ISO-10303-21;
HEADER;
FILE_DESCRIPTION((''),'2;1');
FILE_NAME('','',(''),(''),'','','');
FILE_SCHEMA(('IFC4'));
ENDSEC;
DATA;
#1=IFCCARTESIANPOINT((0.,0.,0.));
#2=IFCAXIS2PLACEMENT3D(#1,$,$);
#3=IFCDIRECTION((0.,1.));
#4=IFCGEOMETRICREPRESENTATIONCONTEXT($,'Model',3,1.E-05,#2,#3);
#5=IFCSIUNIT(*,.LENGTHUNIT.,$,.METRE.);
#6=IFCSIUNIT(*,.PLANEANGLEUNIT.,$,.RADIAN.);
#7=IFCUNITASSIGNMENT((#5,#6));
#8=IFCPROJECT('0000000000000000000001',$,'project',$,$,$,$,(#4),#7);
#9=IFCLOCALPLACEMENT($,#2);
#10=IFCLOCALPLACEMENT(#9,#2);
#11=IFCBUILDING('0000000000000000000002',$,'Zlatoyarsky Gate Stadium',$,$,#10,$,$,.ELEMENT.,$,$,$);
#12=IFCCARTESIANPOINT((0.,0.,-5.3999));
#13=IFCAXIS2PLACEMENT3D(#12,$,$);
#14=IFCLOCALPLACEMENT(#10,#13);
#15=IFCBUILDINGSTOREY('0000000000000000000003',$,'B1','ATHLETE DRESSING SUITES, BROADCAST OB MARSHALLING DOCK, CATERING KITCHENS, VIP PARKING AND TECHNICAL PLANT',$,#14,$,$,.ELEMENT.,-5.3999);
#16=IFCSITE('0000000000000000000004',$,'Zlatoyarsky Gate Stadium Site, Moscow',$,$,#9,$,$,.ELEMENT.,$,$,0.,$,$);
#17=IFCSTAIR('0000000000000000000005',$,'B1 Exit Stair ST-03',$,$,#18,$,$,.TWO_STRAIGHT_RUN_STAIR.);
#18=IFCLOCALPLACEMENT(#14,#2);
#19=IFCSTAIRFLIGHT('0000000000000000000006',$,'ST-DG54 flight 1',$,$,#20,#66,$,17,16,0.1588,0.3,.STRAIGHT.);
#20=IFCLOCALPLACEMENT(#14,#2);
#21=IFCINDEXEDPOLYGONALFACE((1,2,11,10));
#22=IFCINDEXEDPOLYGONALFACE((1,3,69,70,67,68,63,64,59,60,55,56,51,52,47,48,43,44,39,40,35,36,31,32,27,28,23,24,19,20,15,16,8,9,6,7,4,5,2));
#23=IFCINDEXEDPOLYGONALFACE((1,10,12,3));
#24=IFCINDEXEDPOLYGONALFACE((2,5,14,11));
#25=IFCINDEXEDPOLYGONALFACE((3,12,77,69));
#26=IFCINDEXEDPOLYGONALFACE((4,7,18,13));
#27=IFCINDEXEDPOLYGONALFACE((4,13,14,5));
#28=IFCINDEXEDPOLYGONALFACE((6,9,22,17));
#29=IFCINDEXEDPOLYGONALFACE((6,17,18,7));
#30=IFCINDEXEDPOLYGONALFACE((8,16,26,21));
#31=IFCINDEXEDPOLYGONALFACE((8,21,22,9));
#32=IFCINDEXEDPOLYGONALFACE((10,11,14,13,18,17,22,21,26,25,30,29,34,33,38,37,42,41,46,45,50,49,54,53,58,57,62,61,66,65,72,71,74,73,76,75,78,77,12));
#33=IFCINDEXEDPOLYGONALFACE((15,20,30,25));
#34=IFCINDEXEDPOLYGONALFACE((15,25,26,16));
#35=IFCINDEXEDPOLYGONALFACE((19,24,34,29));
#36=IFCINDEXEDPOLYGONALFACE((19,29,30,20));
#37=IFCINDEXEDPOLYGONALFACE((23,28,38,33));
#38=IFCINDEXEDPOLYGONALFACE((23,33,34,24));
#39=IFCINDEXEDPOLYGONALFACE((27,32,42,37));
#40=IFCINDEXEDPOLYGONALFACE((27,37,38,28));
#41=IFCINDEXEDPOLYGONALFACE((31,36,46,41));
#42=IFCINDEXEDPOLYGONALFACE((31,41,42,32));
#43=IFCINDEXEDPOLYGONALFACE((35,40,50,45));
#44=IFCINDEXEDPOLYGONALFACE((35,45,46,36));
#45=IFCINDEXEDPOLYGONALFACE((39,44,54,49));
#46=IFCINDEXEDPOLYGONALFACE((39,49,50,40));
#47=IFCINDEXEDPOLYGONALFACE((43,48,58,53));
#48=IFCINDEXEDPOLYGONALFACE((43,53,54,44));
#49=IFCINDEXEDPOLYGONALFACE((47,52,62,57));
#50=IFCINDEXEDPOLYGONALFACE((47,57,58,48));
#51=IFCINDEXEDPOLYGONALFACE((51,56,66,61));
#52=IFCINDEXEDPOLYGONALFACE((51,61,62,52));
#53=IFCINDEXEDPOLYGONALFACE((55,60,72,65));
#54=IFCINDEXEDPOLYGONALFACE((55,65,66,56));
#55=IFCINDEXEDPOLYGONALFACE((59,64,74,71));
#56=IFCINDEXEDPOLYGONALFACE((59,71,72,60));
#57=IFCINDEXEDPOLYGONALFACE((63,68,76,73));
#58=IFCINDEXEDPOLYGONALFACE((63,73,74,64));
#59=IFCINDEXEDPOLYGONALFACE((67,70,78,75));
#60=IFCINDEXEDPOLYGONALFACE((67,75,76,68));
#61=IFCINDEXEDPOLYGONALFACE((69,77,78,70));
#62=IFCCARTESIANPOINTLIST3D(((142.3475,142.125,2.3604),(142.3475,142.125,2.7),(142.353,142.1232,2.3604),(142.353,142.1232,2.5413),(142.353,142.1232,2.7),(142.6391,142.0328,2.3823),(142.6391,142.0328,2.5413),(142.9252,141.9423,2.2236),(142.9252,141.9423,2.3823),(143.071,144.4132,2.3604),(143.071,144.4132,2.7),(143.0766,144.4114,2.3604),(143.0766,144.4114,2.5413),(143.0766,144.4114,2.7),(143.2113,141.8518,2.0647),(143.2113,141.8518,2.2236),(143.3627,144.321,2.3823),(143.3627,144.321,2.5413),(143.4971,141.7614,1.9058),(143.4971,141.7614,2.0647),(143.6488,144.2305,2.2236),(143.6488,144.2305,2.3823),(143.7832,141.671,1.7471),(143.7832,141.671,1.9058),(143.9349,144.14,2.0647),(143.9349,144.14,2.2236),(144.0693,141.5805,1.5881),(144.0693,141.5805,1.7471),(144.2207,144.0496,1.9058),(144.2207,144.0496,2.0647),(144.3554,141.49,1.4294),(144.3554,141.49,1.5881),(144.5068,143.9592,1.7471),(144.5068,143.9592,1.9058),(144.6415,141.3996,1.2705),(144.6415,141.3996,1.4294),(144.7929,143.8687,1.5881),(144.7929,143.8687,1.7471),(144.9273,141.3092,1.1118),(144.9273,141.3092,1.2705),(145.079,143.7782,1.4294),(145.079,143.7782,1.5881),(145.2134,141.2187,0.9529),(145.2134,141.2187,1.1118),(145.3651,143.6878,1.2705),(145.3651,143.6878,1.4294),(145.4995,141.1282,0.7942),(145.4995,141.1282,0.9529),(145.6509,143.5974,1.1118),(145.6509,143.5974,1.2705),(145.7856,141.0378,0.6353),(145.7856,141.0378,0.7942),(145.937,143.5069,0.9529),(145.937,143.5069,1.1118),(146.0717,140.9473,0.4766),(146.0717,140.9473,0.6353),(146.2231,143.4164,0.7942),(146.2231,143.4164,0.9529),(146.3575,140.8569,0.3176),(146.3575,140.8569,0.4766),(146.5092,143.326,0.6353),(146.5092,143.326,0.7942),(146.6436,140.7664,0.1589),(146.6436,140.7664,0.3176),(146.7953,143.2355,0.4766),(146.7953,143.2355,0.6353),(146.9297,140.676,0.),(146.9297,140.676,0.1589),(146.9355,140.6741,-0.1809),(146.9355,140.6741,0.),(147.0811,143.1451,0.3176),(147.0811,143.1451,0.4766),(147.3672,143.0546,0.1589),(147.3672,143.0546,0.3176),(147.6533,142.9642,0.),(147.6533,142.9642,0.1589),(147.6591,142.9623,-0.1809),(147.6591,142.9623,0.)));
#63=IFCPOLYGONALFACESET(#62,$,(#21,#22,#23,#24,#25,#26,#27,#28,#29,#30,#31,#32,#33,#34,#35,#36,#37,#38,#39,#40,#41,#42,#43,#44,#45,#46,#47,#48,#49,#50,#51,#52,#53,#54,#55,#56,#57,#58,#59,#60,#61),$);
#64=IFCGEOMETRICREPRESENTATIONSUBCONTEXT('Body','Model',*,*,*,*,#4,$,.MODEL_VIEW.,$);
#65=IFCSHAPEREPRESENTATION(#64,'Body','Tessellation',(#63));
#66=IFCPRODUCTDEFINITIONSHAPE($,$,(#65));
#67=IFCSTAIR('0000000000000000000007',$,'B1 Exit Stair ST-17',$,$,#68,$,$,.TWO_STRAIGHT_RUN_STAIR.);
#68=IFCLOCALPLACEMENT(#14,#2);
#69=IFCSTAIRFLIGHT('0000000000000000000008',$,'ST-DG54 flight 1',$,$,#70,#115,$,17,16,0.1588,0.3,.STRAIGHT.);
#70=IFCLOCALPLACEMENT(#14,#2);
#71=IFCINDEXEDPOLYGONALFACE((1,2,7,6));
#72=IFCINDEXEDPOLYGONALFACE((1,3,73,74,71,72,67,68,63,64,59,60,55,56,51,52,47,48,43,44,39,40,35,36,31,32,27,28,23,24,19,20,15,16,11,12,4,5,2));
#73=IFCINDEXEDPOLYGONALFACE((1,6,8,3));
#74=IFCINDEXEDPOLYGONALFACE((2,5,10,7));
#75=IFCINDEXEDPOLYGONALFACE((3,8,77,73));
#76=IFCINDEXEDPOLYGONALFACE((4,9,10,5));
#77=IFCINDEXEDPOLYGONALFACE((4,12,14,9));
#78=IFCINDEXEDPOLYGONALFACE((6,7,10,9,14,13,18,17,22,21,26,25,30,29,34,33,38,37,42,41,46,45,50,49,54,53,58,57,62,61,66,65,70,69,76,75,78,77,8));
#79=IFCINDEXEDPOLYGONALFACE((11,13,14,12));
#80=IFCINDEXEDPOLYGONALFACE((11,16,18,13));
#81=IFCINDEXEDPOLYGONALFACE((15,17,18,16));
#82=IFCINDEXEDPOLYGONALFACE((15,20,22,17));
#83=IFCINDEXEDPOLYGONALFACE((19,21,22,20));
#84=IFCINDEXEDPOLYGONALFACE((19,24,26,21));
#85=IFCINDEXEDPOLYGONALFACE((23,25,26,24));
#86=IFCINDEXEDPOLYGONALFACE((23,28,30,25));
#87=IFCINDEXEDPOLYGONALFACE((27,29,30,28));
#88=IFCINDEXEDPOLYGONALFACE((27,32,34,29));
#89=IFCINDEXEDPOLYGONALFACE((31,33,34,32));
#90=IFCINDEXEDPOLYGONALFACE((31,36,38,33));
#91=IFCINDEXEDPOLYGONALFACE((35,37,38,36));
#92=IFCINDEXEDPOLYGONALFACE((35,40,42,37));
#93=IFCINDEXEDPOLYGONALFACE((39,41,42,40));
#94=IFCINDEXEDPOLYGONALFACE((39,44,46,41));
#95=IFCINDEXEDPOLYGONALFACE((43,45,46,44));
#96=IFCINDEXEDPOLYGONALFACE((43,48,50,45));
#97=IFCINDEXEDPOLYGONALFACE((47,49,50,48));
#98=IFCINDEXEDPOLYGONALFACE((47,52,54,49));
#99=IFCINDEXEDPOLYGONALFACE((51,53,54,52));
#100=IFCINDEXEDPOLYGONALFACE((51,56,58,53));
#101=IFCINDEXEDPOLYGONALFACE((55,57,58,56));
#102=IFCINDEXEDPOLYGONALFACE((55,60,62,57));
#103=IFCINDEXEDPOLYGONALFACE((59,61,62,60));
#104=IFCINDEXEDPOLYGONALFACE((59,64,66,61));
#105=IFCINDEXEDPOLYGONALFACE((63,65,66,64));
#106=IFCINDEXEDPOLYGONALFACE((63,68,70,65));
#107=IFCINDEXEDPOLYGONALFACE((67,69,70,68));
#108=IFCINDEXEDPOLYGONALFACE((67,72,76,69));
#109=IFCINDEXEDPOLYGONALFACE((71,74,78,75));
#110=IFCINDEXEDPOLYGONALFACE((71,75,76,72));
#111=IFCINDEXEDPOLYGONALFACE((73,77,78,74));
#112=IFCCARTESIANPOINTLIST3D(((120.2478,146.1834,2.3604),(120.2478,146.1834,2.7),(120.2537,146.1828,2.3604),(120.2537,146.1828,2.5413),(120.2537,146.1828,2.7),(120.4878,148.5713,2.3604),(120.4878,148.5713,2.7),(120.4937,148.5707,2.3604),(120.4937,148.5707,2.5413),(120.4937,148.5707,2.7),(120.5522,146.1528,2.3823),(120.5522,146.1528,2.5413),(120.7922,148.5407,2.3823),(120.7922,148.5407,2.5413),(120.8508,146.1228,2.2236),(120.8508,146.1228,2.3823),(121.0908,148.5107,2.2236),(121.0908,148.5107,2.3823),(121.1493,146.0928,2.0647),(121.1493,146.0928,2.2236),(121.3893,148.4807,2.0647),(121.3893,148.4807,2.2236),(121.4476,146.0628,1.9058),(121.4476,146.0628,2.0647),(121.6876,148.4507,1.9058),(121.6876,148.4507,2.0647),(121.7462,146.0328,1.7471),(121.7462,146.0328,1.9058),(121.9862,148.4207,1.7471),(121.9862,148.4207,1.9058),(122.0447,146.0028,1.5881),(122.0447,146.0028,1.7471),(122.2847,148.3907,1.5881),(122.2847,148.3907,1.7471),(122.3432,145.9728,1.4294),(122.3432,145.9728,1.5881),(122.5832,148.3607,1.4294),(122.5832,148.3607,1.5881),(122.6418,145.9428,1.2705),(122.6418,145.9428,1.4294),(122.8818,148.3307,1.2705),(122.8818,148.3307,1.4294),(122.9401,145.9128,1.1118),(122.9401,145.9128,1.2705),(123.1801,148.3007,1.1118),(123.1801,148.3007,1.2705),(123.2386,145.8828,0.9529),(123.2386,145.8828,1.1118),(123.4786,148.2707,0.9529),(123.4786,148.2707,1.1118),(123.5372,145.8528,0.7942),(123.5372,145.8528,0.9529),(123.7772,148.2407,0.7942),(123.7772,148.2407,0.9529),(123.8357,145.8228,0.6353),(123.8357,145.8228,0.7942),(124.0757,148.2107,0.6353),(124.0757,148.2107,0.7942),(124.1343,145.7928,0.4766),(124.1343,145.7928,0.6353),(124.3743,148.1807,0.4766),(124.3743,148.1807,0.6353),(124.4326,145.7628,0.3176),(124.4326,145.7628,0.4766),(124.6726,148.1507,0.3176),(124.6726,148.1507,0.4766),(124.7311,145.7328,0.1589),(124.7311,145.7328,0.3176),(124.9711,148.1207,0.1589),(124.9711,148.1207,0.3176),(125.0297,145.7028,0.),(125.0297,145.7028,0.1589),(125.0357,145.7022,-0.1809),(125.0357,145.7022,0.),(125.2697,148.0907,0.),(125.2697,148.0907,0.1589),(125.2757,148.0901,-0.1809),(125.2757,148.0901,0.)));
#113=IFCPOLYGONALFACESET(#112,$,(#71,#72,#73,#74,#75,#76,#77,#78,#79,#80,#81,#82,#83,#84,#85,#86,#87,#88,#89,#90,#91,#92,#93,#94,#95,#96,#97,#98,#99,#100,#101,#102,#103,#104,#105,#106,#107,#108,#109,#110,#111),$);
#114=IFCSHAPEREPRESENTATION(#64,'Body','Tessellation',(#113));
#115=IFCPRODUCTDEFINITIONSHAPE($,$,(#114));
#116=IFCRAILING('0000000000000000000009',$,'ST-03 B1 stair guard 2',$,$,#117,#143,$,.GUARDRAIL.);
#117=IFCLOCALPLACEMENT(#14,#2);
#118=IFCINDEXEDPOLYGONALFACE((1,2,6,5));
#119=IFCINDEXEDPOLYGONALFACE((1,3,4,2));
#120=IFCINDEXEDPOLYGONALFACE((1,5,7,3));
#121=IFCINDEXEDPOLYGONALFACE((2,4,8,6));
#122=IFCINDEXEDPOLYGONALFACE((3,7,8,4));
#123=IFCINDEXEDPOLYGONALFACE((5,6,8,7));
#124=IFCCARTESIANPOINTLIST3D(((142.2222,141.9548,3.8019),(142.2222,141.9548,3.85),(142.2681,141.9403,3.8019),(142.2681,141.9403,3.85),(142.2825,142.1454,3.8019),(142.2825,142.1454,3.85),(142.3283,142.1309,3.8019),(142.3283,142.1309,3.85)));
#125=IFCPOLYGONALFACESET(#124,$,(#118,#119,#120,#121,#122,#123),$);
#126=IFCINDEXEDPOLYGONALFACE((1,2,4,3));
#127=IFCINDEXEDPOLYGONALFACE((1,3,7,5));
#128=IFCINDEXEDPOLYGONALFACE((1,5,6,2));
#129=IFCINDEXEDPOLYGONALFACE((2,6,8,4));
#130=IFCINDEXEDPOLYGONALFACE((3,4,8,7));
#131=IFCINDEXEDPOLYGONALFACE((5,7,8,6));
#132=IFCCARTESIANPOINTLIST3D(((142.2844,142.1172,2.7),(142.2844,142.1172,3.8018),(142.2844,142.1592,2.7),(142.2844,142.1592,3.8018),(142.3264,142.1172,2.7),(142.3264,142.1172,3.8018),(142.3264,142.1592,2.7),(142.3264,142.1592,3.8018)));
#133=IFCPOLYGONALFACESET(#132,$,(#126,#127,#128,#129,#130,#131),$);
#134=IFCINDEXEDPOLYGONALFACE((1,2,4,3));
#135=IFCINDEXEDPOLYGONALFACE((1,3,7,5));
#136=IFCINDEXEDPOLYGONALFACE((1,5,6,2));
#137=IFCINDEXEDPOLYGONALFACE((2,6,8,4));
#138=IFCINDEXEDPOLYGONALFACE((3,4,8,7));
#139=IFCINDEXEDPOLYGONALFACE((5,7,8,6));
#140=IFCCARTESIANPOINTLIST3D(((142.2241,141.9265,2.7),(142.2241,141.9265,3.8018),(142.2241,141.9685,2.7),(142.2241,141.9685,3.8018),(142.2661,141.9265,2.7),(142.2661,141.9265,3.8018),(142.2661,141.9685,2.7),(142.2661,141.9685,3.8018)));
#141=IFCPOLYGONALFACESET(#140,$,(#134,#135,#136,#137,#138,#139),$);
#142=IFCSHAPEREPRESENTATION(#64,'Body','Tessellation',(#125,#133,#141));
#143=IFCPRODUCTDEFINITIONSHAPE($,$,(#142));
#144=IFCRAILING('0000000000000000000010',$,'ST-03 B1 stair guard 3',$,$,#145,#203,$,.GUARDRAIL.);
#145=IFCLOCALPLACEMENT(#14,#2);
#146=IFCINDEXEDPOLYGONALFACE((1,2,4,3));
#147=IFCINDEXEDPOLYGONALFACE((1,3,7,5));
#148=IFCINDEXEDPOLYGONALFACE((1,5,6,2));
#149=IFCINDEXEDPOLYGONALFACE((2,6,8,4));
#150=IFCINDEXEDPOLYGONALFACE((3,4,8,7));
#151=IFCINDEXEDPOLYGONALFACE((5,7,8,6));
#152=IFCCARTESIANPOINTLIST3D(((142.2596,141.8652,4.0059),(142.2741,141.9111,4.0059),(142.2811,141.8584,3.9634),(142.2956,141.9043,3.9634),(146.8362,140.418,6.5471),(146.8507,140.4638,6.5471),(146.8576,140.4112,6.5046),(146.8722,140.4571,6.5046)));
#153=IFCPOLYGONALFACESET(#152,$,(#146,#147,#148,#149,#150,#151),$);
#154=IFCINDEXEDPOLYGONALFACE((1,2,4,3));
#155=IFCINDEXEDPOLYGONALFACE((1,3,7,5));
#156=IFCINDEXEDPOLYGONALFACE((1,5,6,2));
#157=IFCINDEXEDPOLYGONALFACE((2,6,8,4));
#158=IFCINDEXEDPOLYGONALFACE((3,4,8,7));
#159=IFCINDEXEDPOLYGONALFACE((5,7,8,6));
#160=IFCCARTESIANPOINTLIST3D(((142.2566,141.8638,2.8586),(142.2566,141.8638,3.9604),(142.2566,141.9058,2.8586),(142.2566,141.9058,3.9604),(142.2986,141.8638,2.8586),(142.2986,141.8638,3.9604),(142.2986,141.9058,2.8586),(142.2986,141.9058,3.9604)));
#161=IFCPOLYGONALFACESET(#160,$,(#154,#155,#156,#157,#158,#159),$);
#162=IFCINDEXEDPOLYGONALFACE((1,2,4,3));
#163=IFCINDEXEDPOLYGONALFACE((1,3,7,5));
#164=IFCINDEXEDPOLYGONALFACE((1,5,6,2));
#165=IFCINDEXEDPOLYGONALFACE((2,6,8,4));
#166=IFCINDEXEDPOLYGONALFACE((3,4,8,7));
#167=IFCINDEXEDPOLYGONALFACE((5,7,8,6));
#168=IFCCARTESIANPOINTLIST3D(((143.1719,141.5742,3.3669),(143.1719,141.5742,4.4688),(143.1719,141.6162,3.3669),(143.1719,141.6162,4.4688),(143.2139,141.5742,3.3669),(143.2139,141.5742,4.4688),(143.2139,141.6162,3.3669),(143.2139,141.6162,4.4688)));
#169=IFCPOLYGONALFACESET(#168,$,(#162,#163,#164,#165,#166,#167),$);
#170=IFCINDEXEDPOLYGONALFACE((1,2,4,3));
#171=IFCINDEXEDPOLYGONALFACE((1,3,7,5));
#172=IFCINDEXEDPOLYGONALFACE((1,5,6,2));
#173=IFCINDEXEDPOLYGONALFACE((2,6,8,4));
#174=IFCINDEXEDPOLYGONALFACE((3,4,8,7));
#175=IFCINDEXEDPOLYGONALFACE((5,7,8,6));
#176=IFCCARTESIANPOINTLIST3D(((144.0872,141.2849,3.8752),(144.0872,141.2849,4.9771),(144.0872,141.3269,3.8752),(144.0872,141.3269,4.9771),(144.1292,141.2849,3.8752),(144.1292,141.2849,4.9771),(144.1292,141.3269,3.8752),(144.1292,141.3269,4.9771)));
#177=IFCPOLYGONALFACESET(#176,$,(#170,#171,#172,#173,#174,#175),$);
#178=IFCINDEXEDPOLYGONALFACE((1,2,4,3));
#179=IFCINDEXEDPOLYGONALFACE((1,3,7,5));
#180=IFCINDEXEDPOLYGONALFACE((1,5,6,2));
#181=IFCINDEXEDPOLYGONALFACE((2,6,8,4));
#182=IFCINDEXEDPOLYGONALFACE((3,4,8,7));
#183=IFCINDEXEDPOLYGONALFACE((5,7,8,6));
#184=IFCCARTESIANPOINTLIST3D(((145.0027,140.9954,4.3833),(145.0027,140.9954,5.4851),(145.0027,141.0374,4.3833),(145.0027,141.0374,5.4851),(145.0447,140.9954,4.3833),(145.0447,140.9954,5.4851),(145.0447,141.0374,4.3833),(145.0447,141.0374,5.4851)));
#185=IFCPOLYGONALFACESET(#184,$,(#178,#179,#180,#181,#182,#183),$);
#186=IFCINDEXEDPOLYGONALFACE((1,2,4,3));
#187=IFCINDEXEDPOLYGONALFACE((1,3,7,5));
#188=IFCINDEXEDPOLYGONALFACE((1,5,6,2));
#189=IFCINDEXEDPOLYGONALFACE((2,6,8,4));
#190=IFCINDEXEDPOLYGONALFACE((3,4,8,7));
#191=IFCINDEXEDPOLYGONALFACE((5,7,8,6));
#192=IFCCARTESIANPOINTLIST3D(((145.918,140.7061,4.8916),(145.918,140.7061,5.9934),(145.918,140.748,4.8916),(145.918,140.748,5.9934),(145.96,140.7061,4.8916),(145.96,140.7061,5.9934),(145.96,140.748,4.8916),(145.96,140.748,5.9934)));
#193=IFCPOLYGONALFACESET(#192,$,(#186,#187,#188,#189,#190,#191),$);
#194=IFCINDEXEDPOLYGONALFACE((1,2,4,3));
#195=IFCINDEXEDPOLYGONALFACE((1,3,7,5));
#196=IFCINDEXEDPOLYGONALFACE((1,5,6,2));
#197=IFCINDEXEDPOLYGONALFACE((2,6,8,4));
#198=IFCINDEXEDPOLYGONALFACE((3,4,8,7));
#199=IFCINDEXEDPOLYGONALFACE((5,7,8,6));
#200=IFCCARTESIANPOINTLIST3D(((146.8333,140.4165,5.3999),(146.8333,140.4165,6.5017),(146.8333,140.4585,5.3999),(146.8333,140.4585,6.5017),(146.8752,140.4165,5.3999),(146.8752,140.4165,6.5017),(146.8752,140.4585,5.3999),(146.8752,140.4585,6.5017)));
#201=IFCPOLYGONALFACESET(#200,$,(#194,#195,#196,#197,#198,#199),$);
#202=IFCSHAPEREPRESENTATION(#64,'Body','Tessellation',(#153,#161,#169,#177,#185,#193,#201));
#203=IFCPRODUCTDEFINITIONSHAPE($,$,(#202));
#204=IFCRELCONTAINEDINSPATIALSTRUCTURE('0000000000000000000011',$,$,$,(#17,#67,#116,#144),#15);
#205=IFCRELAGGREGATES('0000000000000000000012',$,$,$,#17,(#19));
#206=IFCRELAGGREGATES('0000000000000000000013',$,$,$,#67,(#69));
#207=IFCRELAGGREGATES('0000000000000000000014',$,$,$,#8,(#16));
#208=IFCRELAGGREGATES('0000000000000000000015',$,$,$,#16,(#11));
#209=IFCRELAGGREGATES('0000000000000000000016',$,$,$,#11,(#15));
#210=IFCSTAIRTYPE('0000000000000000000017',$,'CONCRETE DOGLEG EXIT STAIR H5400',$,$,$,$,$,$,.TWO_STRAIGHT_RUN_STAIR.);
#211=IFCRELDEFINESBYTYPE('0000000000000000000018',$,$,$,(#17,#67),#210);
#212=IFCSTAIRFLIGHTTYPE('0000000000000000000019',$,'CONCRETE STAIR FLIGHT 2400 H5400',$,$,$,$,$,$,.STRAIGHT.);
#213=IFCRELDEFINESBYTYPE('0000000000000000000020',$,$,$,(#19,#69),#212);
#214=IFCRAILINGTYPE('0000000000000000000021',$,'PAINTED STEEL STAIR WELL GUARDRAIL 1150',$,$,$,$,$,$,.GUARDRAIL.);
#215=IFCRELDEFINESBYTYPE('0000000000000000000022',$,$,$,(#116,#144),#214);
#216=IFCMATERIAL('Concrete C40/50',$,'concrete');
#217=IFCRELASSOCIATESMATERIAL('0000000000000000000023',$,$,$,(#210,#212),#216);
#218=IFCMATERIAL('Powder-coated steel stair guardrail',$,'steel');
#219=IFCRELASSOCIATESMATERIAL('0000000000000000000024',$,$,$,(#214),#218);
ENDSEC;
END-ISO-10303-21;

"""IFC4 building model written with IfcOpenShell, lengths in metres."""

from ifc_helpers import new_model, si_unit, direction, frame, origin, origin_2d, place, context, subcontext, project, spatial, polyline, rectangle, outline, extrude, material, type_object, element, aggregate, save


model = new_model("IFC4")

# Units and contexts
model_context = context("Model", 3, precision=1e-05, world=origin(), true_north=direction((0.0, 1.0)))
body_context = subcontext(model_context, "Body", "Model", "MODEL_VIEW")
ifc_project = project(units=[si_unit("LENGTHUNIT", "METRE"), si_unit("PLANEANGLEUNIT", "RADIAN")], contexts=[model_context])

# Site, building, storey
site_placement = place(None, origin())
site = spatial("IfcSite", under=ifc_project, at=site_placement, Name="Zlatoyarsky Gate Stadium Site, Moscow", CompositionType="ELEMENT", RefElevation=0.0)
building_placement = place(site_placement, origin())
building = spatial("IfcBuilding", under=site, at=building_placement, Name="Zlatoyarsky Gate Stadium", CompositionType="ELEMENT")
storey_placement = place(building_placement, frame((0.0, 0.0, -5.3999)))
storey = spatial("IfcBuildingStorey", under=building, at=storey_placement, Name="B1", Description="ATHLETE DRESSING SUITES, BROADCAST OB MARSHALLING DOCK, CATERING KITCHENS, VIP PARKING AND TECHNICAL PLANT", CompositionType="ELEMENT", Elevation=-5.3999)

# Shared definitions
ifc_material_1 = material(Name="Concrete C40/50", Category="concrete")

# Stairs, stair flights
stair_type = type_object("IfcStairType", Name="CONCRETE DOGLEG EXIT STAIR H5400", PredefinedType="TWO_STRAIGHT_RUN_STAIR", material=ifc_material_1)
stair_1_placement = place(storey_placement, origin())
stair_1 = element("IfcStair", 1, at=stair_1_placement, inside=storey, type_object=stair_type, Name="B1 Exit Stair ST-03", PredefinedType="TWO_STRAIGHT_RUN_STAIR")
stair_flight_type = type_object("IfcStairFlightType", Name="CONCRETE STAIR FLIGHT 2400 H5400", PredefinedType="STRAIGHT", material=ifc_material_1)
stair_flight_1_placement = place(storey_placement, frame((147.2915, 141.8201, 0.0), z_axis=(0.0, 0.0, 1.0), x_axis=(-0.953463, 0.30151, 0.0)))
stair_flight_1 = element("IfcStairFlight", 2, at=stair_flight_1_placement, type_object=stair_flight_type, Name="ST-DG54 flight 1", NumberOfRisers=17, NumberOfTreads=16, PredefinedType="STRAIGHT", RiserHeight=0.1588, TreadLength=0.3, context=body_context, shape_type="SweptSolid", body=[
    extrude(outline(polyline([(-0.0061, -0.1809), (-0.0061, 0.0), (0.0, 0.0), (0.0, 0.1589), (0.3, 0.1589), (0.3, 0.3176), (0.6001, 0.3176), (0.6001, 0.4766), (0.8999, 0.4766), (0.8999, 0.6353), (1.2, 0.6353), (1.2, 0.7942), (1.5, 0.7942), (1.5, 0.9529), (1.8, 0.9529), (1.8, 1.1118), (2.1001, 1.1118), (2.1001, 1.2705), (2.3999, 1.2705), (2.3999, 1.4294), (2.7, 1.4294), (2.7, 1.5881), (3.0, 1.5881), (3.0, 1.7471), (3.3, 1.7471), (3.3, 1.9058), (3.6001, 1.9058), (3.6001, 2.0647), (3.8999, 2.0647), (3.8999, 2.2236), (4.2, 2.2236), (4.2, 2.3823), (4.5, 2.3823), (4.5, 2.5413), (4.8, 2.5413), (4.8, 2.7), (4.8059, 2.7), (4.8059, 2.3604), (4.8, 2.3604), (-0.0061, -0.1809)])), frame((0.0, 1.2, 0.0), z_axis=(0.0, -1.0, 0.0), x_axis=(1.0, 0.0, 0.0)), (0.0, 0.0, 1.0), 2.3999),
])
aggregate(stair_1, [stair_flight_1])
stair_2_placement = place(storey_placement, origin())
stair_2 = element("IfcStair", 3, at=stair_2_placement, inside=storey, type_object=stair_type, Name="B1 Exit Stair ST-17", PredefinedType="TWO_STRAIGHT_RUN_STAIR")
stair_flight_2_placement = place(storey_placement, frame((125.1497, 146.8967, 0.0), z_axis=(0.0, 0.0, 1.0), x_axis=(-0.994987, 0.100006, 0.0)))
stair_flight_2 = element("IfcStairFlight", 4, at=stair_flight_2_placement, type_object=stair_flight_type, Name="ST-DG54 flight 1", NumberOfRisers=17, NumberOfTreads=16, PredefinedType="STRAIGHT", RiserHeight=0.1588, TreadLength=0.3, context=body_context, shape_type="SweptSolid", body=[
    extrude(outline(polyline([(-0.0061, -0.1809), (-0.0061, 0.0), (0.0, 0.0), (0.0, 0.1589), (0.3, 0.1589), (0.3, 0.3176), (0.6001, 0.3176), (0.6001, 0.4766), (0.8999, 0.4766), (0.8999, 0.6353), (1.2, 0.6353), (1.2, 0.7942), (1.5, 0.7942), (1.5, 0.9529), (1.8, 0.9529), (1.8, 1.1118), (2.1001, 1.1118), (2.1001, 1.2705), (2.3999, 1.2705), (2.3999, 1.4294), (2.7, 1.4294), (2.7, 1.5881), (3.0, 1.5881), (3.0, 1.7471), (3.3, 1.7471), (3.3, 1.9058), (3.6001, 1.9058), (3.6001, 2.0647), (3.8999, 2.0647), (3.8999, 2.2236), (4.2, 2.2236), (4.2, 2.3823), (4.5, 2.3823), (4.5, 2.5413), (4.8, 2.5413), (4.8, 2.7), (4.8059, 2.7), (4.8059, 2.3604), (4.8, 2.3604), (-0.0061, -0.1809)])), frame((0.0, 1.2, 0.0), z_axis=(0.0, -1.0, 0.0), x_axis=(1.0, 0.0, 0.0)), (0.0, 0.0, 1.0), 2.3999),
])
aggregate(stair_2, [stair_flight_2])

# Railings
ifc_material_2 = material(Name="Powder-coated steel stair guardrail", Category="steel")
railing_type_1 = type_object("IfcRailingType", Name="PAINTED STEEL STAIR WELL GUARDRAIL 1150", PredefinedType="GUARDRAIL", material=ifc_material_2)
railing_1_placement = place(storey_placement, frame((142.3054, 142.1382, 2.7)))
element("IfcRailing", 5, at=railing_1_placement, inside=storey, type_object=railing_type_1, Name="ST-03 B1 stair guard 2", PredefinedType="GUARDRAIL", context=body_context, shape_type="SweptSolid", body=[
    extrude(rectangle(XDim=0.0481, YDim=0.0481, at=origin_2d()), frame((0.0, 0.0, 1.126), z_axis=(-0.30154, -0.953453, 0.0), x_axis=(0.953453, -0.30154, 0.0)), (0.0, 0.0, 1.0), 0.2),
    extrude(rectangle(XDim=0.042, YDim=0.042, at=origin_2d()), origin(), (0.0, 0.0, 1.0), 1.1018),
    extrude(rectangle(XDim=0.042, YDim=0.042, at=origin_2d()), frame((-0.0603, -0.1907, 0.0)), (0.0, 0.0, 1.0), 1.1018),
])
railing_2_placement = place(storey_placement, frame((142.2776, 141.8848, 2.8586)))
element("IfcRailing", 6, at=railing_2_placement, inside=storey, type_object=railing_type_1, Name="ST-03 B1 stair guard 3", PredefinedType="GUARDRAIL", context=body_context, shape_type="SweptSolid", body=[
    extrude(rectangle(XDim=0.0481, YDim=0.0481, at=origin_2d()), frame((0.0, 0.0, 1.126), z_axis=(0.842654, -0.26647, 0.467897), x_axis=(0.301511, 0.953463, 0.0)), (0.0, 0.0, 1.0), 5.4312),
    extrude(rectangle(XDim=0.042, YDim=0.042, at=origin_2d()), origin(), (0.0, 0.0, 1.0), 1.1018),
    extrude(rectangle(XDim=0.042, YDim=0.042, at=origin_2d()), frame((0.9153, -0.2896, 0.5083)), (0.0, 0.0, 1.0), 1.1018),
    extrude(rectangle(XDim=0.042, YDim=0.042, at=origin_2d()), frame((1.8306, -0.5789, 1.0166)), (0.0, 0.0, 1.0), 1.1018),
    extrude(rectangle(XDim=0.042, YDim=0.042, at=origin_2d()), frame((2.7461, -0.8684, 1.5247)), (0.0, 0.0, 1.0), 1.1018),
    extrude(rectangle(XDim=0.042, YDim=0.042, at=origin_2d()), frame((3.6614, -1.1577, 2.033)), (0.0, 0.0, 1.0), 1.1018),
    extrude(rectangle(XDim=0.042, YDim=0.042, at=origin_2d()), frame((4.5767, -1.4473, 2.5413)), (0.0, 0.0, 1.0), 1.1018),
])

save(model, "model.ifc")
